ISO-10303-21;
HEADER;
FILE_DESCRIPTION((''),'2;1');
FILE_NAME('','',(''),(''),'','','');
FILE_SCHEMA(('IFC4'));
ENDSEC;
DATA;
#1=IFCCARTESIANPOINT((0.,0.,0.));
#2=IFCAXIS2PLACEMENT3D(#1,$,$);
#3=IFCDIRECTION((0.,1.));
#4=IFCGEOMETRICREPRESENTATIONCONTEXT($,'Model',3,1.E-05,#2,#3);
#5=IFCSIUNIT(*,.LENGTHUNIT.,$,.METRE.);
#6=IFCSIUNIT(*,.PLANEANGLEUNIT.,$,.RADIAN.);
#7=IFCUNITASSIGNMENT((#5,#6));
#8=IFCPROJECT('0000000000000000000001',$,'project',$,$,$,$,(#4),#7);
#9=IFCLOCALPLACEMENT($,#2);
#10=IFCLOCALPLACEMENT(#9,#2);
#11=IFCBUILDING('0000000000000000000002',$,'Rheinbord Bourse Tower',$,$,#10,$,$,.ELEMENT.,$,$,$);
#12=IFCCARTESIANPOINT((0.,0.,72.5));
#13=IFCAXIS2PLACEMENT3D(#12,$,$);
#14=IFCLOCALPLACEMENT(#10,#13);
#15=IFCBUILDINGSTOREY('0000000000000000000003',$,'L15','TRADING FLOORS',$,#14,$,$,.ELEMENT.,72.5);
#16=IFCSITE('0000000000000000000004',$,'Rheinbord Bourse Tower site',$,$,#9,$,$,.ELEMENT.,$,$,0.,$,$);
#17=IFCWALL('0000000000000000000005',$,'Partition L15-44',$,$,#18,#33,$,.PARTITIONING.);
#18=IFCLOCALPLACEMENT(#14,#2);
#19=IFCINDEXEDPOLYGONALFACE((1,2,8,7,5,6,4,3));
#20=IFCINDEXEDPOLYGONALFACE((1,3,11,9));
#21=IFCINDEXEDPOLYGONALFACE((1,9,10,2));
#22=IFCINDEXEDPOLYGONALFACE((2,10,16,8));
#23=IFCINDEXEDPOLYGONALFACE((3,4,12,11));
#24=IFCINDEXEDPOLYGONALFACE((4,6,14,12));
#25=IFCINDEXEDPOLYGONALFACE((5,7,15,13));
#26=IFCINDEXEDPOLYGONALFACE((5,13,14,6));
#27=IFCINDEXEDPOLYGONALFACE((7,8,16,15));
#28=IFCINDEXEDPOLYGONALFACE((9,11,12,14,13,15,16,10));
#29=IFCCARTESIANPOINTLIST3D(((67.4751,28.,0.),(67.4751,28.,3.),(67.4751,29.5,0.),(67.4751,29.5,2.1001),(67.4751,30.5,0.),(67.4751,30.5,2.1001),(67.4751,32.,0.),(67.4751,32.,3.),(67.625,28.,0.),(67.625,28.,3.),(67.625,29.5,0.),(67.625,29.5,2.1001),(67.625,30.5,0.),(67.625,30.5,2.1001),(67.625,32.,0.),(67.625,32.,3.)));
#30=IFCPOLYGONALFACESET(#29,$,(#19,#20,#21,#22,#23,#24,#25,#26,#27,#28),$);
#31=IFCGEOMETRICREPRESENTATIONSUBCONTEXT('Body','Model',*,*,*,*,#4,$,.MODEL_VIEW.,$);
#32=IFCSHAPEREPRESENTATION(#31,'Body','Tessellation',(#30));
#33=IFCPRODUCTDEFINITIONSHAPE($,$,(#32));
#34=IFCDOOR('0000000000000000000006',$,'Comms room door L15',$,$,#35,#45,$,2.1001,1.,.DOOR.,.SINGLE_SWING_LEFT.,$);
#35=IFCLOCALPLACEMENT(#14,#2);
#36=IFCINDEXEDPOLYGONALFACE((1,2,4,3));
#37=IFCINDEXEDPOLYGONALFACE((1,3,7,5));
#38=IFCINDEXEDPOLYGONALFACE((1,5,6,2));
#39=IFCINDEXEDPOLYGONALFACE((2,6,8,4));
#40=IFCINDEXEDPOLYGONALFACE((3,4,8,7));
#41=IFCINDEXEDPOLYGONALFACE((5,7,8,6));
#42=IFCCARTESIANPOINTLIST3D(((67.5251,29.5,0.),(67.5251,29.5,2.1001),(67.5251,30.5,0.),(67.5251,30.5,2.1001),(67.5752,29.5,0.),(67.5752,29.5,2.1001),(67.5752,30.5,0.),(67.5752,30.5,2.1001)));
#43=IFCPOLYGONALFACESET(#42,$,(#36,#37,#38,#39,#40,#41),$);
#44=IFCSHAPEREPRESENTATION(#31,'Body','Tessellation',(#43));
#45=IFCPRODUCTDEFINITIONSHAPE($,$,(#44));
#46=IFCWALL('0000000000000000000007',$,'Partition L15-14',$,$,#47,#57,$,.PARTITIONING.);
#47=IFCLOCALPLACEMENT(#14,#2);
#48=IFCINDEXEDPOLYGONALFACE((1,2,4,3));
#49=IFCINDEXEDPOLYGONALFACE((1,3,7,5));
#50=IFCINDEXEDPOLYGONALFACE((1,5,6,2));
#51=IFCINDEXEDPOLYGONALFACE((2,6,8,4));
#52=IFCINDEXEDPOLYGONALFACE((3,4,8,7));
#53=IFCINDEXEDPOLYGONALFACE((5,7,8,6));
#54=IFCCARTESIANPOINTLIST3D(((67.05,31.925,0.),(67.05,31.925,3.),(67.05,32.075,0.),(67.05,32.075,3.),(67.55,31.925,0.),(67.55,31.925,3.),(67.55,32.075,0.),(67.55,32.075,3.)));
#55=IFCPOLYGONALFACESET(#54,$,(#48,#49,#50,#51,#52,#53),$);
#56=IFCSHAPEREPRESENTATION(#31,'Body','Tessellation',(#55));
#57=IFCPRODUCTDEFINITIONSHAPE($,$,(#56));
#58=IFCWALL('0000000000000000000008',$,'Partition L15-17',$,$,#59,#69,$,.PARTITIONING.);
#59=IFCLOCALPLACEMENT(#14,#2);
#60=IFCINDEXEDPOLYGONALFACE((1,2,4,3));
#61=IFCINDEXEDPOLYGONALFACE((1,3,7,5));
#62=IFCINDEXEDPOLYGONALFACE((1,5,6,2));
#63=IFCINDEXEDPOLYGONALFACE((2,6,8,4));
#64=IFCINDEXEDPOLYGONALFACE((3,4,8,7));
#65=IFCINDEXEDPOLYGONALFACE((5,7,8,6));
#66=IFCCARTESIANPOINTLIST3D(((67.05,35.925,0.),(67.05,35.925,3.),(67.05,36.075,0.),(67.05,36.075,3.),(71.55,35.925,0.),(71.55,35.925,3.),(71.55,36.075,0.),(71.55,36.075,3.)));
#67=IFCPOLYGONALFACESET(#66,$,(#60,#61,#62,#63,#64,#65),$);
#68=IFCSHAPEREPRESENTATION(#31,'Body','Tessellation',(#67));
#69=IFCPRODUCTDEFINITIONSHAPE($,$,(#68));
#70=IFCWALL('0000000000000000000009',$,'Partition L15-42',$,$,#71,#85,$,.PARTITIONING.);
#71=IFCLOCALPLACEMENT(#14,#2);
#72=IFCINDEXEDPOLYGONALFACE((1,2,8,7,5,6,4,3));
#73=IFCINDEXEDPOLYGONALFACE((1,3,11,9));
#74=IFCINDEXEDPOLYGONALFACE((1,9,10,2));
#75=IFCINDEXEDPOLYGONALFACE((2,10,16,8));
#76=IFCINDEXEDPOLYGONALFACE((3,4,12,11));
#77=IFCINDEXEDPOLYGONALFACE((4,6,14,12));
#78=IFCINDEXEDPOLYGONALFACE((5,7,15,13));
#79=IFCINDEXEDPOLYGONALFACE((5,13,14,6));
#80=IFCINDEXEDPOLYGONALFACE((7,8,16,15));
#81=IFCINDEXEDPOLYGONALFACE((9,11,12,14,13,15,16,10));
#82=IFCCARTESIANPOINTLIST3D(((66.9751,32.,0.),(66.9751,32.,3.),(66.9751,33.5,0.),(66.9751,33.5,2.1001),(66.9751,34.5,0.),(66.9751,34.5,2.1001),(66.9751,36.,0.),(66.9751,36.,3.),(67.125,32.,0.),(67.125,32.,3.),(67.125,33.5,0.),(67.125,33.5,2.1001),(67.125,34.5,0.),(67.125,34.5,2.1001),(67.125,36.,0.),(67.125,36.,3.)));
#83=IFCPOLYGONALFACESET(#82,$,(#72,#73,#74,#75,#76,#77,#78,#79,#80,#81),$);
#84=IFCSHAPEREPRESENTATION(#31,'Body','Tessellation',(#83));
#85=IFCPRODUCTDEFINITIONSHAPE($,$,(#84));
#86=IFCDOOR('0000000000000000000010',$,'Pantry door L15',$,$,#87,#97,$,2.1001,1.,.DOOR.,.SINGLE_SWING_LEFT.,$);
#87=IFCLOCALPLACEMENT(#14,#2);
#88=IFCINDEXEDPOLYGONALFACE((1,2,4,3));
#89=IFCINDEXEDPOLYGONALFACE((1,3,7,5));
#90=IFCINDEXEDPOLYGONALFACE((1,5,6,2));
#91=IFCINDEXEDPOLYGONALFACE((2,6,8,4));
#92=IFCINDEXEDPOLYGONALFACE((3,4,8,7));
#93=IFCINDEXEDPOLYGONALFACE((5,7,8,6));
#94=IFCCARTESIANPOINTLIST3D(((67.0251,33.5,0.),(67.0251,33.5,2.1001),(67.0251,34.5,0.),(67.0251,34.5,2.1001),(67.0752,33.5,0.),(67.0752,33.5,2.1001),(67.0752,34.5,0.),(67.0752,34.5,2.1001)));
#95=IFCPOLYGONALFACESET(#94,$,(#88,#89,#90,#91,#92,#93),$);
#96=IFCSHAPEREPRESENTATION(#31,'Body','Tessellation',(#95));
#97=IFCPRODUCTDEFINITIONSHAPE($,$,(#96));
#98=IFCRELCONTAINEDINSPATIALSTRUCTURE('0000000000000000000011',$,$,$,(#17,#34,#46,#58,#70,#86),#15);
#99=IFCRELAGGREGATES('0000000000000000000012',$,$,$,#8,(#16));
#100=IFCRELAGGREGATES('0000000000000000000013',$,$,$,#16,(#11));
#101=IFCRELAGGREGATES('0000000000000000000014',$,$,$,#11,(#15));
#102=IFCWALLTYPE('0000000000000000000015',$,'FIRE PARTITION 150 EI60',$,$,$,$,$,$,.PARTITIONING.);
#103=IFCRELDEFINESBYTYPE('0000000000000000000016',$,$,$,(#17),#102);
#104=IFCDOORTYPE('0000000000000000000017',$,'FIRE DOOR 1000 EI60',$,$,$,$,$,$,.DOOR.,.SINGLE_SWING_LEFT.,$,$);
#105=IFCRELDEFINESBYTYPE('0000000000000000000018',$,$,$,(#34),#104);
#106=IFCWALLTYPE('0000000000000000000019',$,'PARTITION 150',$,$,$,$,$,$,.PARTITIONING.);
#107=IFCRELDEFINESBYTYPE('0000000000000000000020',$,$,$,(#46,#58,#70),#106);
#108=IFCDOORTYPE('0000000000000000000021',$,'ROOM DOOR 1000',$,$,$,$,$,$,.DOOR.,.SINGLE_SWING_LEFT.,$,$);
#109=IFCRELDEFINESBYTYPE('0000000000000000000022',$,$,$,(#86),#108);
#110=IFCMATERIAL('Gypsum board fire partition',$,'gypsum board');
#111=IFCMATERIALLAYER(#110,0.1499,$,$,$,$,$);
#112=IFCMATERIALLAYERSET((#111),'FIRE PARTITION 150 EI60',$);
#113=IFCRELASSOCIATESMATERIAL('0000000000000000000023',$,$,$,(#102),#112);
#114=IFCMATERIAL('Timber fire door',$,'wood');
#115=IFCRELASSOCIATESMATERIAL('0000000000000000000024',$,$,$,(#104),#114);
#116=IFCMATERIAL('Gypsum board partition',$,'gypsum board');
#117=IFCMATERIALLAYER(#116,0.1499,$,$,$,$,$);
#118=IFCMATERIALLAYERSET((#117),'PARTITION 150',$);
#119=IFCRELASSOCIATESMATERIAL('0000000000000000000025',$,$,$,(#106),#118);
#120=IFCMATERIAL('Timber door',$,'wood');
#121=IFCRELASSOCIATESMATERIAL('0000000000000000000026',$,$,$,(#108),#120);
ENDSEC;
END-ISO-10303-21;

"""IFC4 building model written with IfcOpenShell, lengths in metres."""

from ifc_helpers import new_model, si_unit, direction, frame, frame_2d, origin, place, context, subcontext, project, spatial, rectangle, extrude, material, layer, layer_set, type_object, element, fill, save


model = new_model("IFC4")

# Units and contexts
model_context = context("Model", 3, precision=1e-05, world=origin(), true_north=direction((0.0, 1.0)))
body_context = subcontext(model_context, "Body", "Model", "MODEL_VIEW")
ifc_project = project(units=[si_unit("LENGTHUNIT", "METRE"), si_unit("PLANEANGLEUNIT", "RADIAN")], contexts=[model_context])

# Site, building, storey
site_placement = place(None, origin())
site = spatial("IfcSite", under=ifc_project, at=site_placement, Name="Rheinbord Bourse Tower site", CompositionType="ELEMENT", RefElevation=0.0)
building_placement = place(site_placement, origin())
building = spatial("IfcBuilding", under=site, at=building_placement, Name="Rheinbord Bourse Tower", CompositionType="ELEMENT")
storey_placement = place(building_placement, frame((0.0, 0.0, 72.5)))
storey = spatial("IfcBuildingStorey", under=building, at=storey_placement, Name="L15", Description="TRADING FLOORS", CompositionType="ELEMENT", Elevation=72.5)

# Shared definitions
ifc_material_1 = material(Name="Gypsum board fire partition", Category="gypsum board")
ifc_layer_1 = layer(ifc_material_1, 0.1499)
ifc_layer_set_1 = layer_set([ifc_layer_1], Name="FIRE PARTITION 150 EI60")
wall_type_1 = type_object("IfcWallType", Name="FIRE PARTITION 150 EI60", PredefinedType="PARTITIONING", material=ifc_layer_set_1)

# Wall, opening, door
wall_1_placement = place(storey_placement, frame((67.55, 28.0, 0.0), z_axis=(0.0, 0.0, 1.0), x_axis=(0.0, 1.0, 0.0)))
wall_1 = element("IfcWall", 1, at=wall_1_placement, inside=storey, type_object=wall_type_1, Name="Partition L15-44", PredefinedType="PARTITIONING", context=body_context, shape_type="SweptSolid", body=[
    extrude(rectangle(XDim=4.0, YDim=0.1499, at=frame_2d((2.0, 0.0))), origin(), (0.0, 0.0, 1.0), 3.0),
])
opening_1_placement = place(wall_1_placement, frame((1.5, 0.0, 0.0)))
opening_1 = element("IfcOpeningElement", 2, at=opening_1_placement, cuts=wall_1, PredefinedType="OPENING", context=body_context, shape_type="SweptSolid", body=[
    extrude(rectangle(XDim=1.0, YDim=2.1001, at=frame_2d((0.5, 1.05))), frame((0.0, 0.085, 0.0), z_axis=(0.0, -1.0, 0.0), x_axis=(1.0, 0.0, 0.0)), (0.0, 0.0, 1.0), 0.1699),
])
ifc_material_2 = material(Name="Timber fire door", Category="wood")
door_type_1 = type_object("IfcDoorType", Name="FIRE DOOR 1000 EI60", OperationType="SINGLE_SWING_LEFT", PredefinedType="DOOR", material=ifc_material_2)
door_1_placement = place(opening_1_placement, origin())
door_1 = element("IfcDoor", 3, at=door_1_placement, inside=storey, type_object=door_type_1, Name="Comms room door L15", OperationType="SINGLE_SWING_LEFT", OverallHeight=2.1001, OverallWidth=1.0, PredefinedType="DOOR", context=body_context, shape_type="SweptSolid", body=[
    extrude(rectangle(XDim=1.0, YDim=2.1001, at=frame_2d((0.5, 1.05))), frame((0.0, 0.0249, 0.0), z_axis=(0.0, -1.0, 0.0), x_axis=(1.0, 0.0, 0.0)), (0.0, 0.0, 1.0), 0.05),
])
fill(opening_1, door_1)

# Walls
ifc_material_3 = material(Name="Gypsum board partition", Category="gypsum board")
ifc_layer_2 = layer(ifc_material_3, 0.1499)
ifc_layer_set_2 = layer_set([ifc_layer_2], Name="PARTITION 150")
wall_type_2 = type_object("IfcWallType", Name="PARTITION 150", PredefinedType="PARTITIONING", material=ifc_layer_set_2)
wall_2_placement = place(storey_placement, frame((67.05, 32.0, 0.0), z_axis=(0.0, 0.0, 1.0), x_axis=(1.0, 0.0, 0.0)))
element("IfcWall", 4, at=wall_2_placement, inside=storey, type_object=wall_type_2, Name="Partition L15-14", PredefinedType="PARTITIONING", context=body_context, shape_type="SweptSolid", body=[
    extrude(rectangle(XDim=0.5, YDim=0.1499, at=frame_2d((0.25, 0.0))), origin(), (0.0, 0.0, 1.0), 3.0),
])
wall_3_placement = place(storey_placement, frame((67.05, 36.0, 0.0), z_axis=(0.0, 0.0, 1.0), x_axis=(1.0, 0.0, 0.0)))
element("IfcWall", 5, at=wall_3_placement, inside=storey, type_object=wall_type_2, Name="Partition L15-17", PredefinedType="PARTITIONING", context=body_context, shape_type="SweptSolid", body=[
    extrude(rectangle(XDim=4.5, YDim=0.1499, at=frame_2d((2.25, 0.0))), origin(), (0.0, 0.0, 1.0), 3.0),
])

# Wall, opening, door
wall_4_placement = place(storey_placement, frame((67.05, 32.0, 0.0), z_axis=(0.0, 0.0, 1.0), x_axis=(0.0, 1.0, 0.0)))
wall_4 = element("IfcWall", 6, at=wall_4_placement, inside=storey, type_object=wall_type_2, Name="Partition L15-42", PredefinedType="PARTITIONING", context=body_context, shape_type="SweptSolid", body=[
    extrude(rectangle(XDim=4.0, YDim=0.1499, at=frame_2d((2.0, 0.0))), origin(), (0.0, 0.0, 1.0), 3.0),
])
opening_2_placement = place(wall_4_placement, frame((1.5, 0.0, 0.0)))
opening_2 = element("IfcOpeningElement", 7, at=opening_2_placement, cuts=wall_4, PredefinedType="OPENING", context=body_context, shape_type="SweptSolid", body=[
    extrude(rectangle(XDim=1.0, YDim=2.1001, at=frame_2d((0.5, 1.05))), frame((0.0, 0.085, 0.0), z_axis=(0.0, -1.0, 0.0), x_axis=(1.0, 0.0, 0.0)), (0.0, 0.0, 1.0), 0.1699),
])
ifc_material_4 = material(Name="Timber door", Category="wood")
door_type_2 = type_object("IfcDoorType", Name="ROOM DOOR 1000", OperationType="SINGLE_SWING_LEFT", PredefinedType="DOOR", material=ifc_material_4)
door_2_placement = place(opening_2_placement, origin())
door_2 = element("IfcDoor", 8, at=door_2_placement, inside=storey, type_object=door_type_2, Name="Pantry door L15", OperationType="SINGLE_SWING_LEFT", OverallHeight=2.1001, OverallWidth=1.0, PredefinedType="DOOR", context=body_context, shape_type="SweptSolid", body=[
    extrude(rectangle(XDim=1.0, YDim=2.1001, at=frame_2d((0.5, 1.05))), frame((0.0, 0.0249, 0.0), z_axis=(0.0, -1.0, 0.0), x_axis=(1.0, 0.0, 0.0)), (0.0, 0.0, 1.0), 0.05),
])
fill(opening_2, door_2)

save(model, "model.ifc")
